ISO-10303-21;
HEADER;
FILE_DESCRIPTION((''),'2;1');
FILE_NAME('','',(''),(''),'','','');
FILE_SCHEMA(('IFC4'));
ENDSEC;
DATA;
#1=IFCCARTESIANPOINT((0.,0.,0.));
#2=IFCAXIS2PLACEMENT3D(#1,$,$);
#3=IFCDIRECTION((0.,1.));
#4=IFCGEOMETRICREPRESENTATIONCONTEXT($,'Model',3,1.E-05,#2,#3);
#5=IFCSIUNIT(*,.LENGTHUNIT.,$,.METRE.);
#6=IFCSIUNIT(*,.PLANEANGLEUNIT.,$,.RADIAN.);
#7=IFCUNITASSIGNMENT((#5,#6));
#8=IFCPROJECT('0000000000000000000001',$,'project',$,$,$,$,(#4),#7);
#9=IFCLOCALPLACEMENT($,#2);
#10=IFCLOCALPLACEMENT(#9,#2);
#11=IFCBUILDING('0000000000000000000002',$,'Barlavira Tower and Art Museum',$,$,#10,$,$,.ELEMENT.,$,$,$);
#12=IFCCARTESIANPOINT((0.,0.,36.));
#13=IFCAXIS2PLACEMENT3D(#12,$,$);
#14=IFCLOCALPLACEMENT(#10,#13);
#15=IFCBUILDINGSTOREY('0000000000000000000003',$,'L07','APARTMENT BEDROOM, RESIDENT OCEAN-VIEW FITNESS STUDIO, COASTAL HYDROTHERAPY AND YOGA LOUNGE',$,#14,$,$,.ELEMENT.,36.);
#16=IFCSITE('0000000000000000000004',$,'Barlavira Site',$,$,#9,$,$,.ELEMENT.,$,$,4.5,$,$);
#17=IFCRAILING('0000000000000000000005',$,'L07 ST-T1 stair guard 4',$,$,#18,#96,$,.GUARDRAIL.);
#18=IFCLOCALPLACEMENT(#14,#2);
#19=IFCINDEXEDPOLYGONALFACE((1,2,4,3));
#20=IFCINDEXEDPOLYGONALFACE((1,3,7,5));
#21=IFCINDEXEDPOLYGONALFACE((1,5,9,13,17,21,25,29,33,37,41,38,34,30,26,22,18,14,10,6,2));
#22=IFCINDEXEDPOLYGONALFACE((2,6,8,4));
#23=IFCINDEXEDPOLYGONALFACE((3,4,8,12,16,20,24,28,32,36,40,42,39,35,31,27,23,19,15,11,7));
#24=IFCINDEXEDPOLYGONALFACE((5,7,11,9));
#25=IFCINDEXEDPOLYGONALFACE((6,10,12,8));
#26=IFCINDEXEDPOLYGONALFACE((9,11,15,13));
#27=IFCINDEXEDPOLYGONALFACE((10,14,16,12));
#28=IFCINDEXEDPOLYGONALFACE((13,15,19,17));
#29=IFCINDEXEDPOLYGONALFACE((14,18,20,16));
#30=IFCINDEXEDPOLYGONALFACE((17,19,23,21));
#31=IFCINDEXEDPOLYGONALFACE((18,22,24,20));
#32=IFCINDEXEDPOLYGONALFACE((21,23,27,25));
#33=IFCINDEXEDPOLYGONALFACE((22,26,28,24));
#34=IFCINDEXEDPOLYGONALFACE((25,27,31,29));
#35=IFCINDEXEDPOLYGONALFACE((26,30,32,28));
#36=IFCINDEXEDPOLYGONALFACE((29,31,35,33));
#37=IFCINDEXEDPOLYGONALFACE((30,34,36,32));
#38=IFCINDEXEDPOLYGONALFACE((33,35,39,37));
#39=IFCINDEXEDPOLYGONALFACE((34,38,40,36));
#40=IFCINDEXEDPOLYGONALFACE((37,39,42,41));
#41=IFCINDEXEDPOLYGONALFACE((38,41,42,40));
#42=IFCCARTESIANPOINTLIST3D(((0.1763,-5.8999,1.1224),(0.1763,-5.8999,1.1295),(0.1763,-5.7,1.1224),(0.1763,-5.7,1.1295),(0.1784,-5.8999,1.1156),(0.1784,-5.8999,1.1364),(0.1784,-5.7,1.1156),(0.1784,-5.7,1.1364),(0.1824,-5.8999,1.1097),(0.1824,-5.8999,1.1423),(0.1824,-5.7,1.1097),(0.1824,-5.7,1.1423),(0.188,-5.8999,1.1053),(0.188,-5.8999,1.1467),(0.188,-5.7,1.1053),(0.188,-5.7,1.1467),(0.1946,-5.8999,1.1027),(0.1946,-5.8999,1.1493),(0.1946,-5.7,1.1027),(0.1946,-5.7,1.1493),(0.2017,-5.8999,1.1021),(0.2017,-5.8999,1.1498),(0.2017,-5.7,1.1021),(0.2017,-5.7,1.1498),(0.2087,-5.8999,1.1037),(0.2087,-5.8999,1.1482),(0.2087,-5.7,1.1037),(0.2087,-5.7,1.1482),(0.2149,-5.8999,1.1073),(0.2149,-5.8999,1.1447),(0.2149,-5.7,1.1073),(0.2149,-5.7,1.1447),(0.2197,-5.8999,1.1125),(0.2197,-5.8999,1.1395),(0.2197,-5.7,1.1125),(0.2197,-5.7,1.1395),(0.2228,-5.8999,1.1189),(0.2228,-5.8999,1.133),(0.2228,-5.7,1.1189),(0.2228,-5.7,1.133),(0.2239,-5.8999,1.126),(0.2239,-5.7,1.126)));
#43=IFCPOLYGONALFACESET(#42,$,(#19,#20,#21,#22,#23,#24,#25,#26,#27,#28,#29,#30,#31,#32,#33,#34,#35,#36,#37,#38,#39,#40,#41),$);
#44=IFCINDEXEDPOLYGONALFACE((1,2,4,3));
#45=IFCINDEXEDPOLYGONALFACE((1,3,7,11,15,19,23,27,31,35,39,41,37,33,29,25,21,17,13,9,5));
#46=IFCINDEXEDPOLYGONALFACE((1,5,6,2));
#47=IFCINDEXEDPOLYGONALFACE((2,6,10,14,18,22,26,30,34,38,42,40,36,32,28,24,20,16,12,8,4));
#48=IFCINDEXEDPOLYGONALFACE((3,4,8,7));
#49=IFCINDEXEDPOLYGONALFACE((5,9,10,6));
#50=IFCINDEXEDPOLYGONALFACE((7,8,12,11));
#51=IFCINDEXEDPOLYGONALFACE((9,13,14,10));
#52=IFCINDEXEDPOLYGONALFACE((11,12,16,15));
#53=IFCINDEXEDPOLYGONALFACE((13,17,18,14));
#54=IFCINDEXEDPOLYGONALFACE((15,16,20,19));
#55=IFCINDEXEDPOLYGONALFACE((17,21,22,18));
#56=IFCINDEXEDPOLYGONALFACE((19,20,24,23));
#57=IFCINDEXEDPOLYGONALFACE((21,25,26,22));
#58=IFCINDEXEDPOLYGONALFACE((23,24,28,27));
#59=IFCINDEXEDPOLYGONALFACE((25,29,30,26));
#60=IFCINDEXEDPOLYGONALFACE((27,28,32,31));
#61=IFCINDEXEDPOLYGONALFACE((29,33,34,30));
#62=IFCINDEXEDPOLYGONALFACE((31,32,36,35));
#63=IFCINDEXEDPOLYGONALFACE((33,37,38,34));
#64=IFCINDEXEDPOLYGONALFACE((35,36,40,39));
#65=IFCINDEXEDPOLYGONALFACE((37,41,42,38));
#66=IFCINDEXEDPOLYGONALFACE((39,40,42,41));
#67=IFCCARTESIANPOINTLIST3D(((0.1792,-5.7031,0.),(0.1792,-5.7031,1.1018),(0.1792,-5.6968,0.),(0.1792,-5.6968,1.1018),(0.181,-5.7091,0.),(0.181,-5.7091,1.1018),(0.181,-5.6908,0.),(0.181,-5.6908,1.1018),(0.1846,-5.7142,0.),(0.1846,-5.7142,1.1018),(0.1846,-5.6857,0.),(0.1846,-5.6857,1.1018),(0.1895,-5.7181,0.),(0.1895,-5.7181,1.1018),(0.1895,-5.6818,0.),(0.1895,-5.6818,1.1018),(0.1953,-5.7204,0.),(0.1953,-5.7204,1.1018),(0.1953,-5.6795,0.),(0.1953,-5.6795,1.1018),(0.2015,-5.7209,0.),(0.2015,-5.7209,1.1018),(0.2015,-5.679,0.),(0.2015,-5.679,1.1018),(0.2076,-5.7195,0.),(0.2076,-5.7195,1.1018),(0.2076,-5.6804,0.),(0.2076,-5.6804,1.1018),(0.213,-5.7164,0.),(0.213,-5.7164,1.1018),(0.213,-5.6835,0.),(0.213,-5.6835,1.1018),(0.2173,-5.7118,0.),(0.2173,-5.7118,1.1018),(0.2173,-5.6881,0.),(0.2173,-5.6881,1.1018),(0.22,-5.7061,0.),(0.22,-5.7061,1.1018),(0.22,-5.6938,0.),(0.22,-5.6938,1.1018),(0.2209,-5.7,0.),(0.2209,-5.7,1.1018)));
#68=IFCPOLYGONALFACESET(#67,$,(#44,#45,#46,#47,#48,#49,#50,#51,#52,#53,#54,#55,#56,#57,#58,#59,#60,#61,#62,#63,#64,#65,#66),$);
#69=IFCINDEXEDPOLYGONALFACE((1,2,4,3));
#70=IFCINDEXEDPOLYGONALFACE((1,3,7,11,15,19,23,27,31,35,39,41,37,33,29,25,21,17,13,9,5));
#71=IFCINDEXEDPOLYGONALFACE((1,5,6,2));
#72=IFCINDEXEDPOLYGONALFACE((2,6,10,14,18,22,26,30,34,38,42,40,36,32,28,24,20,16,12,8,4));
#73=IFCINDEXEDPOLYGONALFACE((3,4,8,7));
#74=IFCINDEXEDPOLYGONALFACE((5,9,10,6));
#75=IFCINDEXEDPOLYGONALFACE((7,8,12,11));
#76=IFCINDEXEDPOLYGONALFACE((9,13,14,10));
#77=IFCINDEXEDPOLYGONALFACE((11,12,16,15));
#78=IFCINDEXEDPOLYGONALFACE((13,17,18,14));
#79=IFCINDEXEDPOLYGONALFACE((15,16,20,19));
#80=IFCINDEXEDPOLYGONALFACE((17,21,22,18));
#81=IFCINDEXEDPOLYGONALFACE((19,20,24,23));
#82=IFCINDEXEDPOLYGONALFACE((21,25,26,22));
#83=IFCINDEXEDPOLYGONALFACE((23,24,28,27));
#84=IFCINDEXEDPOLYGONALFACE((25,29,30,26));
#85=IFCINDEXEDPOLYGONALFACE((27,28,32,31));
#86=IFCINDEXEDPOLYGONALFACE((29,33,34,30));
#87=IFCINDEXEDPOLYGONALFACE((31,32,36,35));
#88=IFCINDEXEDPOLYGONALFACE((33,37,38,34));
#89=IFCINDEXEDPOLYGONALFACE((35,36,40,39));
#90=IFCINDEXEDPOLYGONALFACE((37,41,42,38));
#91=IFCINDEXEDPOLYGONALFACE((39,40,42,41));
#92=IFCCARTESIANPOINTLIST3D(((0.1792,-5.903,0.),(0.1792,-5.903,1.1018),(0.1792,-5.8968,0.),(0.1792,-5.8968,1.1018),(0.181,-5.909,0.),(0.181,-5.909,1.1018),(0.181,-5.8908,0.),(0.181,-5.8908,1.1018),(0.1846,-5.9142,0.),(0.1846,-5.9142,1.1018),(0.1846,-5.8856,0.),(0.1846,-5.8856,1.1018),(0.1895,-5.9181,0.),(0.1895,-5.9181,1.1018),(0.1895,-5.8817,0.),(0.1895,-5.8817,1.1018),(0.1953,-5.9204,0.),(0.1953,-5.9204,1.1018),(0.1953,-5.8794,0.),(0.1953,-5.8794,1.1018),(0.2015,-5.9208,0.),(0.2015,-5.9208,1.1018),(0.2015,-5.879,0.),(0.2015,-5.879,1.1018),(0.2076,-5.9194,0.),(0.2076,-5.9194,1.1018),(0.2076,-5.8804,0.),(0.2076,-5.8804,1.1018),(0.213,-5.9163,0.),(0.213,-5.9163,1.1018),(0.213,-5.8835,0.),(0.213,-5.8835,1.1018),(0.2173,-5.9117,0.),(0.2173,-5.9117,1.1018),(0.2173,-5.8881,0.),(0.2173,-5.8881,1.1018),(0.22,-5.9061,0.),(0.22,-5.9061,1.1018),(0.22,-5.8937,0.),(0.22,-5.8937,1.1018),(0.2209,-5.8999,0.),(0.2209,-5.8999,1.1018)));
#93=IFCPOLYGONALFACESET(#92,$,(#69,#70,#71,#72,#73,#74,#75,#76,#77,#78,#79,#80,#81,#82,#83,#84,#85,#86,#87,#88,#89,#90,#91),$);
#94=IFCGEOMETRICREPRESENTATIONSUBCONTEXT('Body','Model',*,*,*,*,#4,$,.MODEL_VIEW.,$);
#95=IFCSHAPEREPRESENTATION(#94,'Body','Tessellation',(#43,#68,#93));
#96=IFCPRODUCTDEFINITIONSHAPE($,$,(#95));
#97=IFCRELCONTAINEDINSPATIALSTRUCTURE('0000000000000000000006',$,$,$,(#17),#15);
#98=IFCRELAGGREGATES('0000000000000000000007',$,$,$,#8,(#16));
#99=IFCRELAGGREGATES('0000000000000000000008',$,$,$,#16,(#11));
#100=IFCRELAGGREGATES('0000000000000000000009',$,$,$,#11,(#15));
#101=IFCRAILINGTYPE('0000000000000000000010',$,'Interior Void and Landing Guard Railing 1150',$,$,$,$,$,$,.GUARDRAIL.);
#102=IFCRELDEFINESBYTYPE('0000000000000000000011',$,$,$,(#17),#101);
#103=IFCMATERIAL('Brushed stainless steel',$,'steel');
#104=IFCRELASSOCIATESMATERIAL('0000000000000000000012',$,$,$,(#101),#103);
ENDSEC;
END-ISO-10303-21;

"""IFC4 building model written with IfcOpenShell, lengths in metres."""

from ifc_helpers import new_model, si_unit, direction, frame, origin, origin_2d, place, context, subcontext, project, spatial, circle, extrude, material, type_object, element, save


model = new_model("IFC4")

# Units and contexts
model_context = context("Model", 3, precision=1e-05, world=origin(), true_north=direction((0.0, 1.0)))
body_context = subcontext(model_context, "Body", "Model", "MODEL_VIEW")
ifc_project = project(units=[si_unit("LENGTHUNIT", "METRE"), si_unit("PLANEANGLEUNIT", "RADIAN")], contexts=[model_context])

# Site, building, storey
site_placement = place(None, origin())
site = spatial("IfcSite", under=ifc_project, at=site_placement, Name="Barlavira Site", CompositionType="ELEMENT", RefElevation=4.5)
building_placement = place(site_placement, origin())
building = spatial("IfcBuilding", under=site, at=building_placement, Name="Barlavira Tower and Art Museum", CompositionType="ELEMENT")
storey_placement = place(building_placement, frame((0.0, 0.0, 36.0)))
storey = spatial("IfcBuildingStorey", under=building, at=storey_placement, Name="L07", Description="APARTMENT BEDROOM, RESIDENT OCEAN-VIEW FITNESS STUDIO, COASTAL HYDROTHERAPY AND YOGA LOUNGE", CompositionType="ELEMENT", Elevation=36.0)

# Shared definitions
ifc_material_1 = material(Name="Brushed stainless steel", Category="steel")

# Railing
railing_type_1 = type_object("IfcRailingType", Name="Interior Void and Landing Guard Railing 1150", PredefinedType="GUARDRAIL", material=ifc_material_1)
railing_1_placement = place(storey_placement, frame((0.2, -5.7, 0.0)))
element("IfcRailing", 1, at=railing_1_placement, inside=storey, type_object=railing_type_1, Name="L07 ST-T1 stair guard 4", PredefinedType="GUARDRAIL", context=body_context, shape_type="SweptSolid", body=[
    extrude(circle(Radius=0.0239, at=origin_2d()), frame((0.0, 0.0, 1.126), z_axis=(0.0, -1.0, 0.0), x_axis=(1.0, 0.0, 0.0)), (0.0, 0.0, 1.0), 0.2),
    extrude(circle(Radius=0.021, at=origin_2d()), origin(), (0.0, 0.0, 1.0), 1.1018),
    extrude(circle(Radius=0.021, at=origin_2d()), frame((0.0, -0.2, 0.0)), (0.0, 0.0, 1.0), 1.1018),
])

save(model, "model.ifc")
